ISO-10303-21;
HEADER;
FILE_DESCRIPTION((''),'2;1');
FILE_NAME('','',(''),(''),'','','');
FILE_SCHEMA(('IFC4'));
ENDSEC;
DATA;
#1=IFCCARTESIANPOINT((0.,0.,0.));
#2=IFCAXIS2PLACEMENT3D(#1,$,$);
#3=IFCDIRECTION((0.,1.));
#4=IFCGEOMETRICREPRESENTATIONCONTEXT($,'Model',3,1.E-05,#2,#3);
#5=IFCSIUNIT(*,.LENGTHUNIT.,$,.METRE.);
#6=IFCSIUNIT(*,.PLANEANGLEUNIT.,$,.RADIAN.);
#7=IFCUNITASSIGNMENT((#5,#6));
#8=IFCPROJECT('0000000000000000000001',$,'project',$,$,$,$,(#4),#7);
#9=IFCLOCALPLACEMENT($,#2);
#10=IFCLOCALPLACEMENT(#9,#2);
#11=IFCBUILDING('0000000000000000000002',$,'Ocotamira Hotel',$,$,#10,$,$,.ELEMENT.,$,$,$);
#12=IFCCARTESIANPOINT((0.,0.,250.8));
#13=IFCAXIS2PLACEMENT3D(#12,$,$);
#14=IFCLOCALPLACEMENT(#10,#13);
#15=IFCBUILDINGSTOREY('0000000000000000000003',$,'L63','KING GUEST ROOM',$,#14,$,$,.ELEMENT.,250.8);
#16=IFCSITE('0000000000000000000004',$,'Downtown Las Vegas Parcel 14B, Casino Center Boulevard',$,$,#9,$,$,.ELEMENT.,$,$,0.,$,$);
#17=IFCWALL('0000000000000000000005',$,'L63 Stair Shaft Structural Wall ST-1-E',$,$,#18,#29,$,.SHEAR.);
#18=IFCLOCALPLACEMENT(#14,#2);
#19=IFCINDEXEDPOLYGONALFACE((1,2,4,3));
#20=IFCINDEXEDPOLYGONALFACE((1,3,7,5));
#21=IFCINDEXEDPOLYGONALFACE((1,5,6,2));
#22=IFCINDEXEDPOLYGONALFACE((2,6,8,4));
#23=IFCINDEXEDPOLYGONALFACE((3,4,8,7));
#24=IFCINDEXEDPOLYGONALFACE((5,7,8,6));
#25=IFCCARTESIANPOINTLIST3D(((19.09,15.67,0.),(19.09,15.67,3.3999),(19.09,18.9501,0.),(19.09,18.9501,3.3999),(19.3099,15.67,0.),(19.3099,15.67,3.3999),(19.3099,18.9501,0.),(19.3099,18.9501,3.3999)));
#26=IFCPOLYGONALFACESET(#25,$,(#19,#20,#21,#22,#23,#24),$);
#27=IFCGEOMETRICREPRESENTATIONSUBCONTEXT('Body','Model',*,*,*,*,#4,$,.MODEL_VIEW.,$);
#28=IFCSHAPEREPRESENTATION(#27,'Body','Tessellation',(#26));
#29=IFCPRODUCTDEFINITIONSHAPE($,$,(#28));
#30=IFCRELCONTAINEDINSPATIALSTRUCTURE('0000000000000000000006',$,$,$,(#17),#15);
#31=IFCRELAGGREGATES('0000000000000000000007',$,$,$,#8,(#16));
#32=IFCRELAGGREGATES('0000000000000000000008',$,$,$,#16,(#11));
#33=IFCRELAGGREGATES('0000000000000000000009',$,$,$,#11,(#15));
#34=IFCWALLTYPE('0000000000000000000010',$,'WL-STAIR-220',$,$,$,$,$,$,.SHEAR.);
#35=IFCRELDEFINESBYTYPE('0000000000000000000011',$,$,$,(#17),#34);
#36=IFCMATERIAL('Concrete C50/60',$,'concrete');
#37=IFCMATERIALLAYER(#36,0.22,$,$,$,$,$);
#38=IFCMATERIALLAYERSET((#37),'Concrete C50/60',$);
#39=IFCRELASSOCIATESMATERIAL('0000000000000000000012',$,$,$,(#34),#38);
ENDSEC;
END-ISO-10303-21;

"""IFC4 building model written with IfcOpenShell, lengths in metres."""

from ifc_helpers import new_model, si_unit, direction, frame, frame_2d, origin, place, context, subcontext, project, spatial, rectangle, extrude, material, layer, layer_set, type_object, element, save


model = new_model("IFC4")

# Units and contexts
model_context = context("Model", 3, precision=1e-05, world=origin(), true_north=direction((0.0, 1.0)))
body_context = subcontext(model_context, "Body", "Model", "MODEL_VIEW")
ifc_project = project(units=[si_unit("LENGTHUNIT", "METRE"), si_unit("PLANEANGLEUNIT", "RADIAN")], contexts=[model_context])

# Site, building, storey
site_placement = place(None, origin())
site = spatial("IfcSite", under=ifc_project, at=site_placement, Name="Downtown Las Vegas Parcel 14B, Casino Center Boulevard", CompositionType="ELEMENT", RefElevation=0.0)
building_placement = place(site_placement, origin())
building = spatial("IfcBuilding", under=site, at=building_placement, Name="Ocotamira Hotel", CompositionType="ELEMENT")
storey_placement = place(building_placement, frame((0.0, 0.0, 250.8)))
storey = spatial("IfcBuildingStorey", under=building, at=storey_placement, Name="L63", Description="KING GUEST ROOM", CompositionType="ELEMENT", Elevation=250.8)

# Shared definitions
ifc_material_1 = material(Name="Concrete C50/60", Category="concrete")

# Wall
ifc_layer_1 = layer(ifc_material_1, 0.22)
ifc_layer_set_1 = layer_set([ifc_layer_1], Name="Concrete C50/60")
wall_type_1 = type_object("IfcWallType", Name="WL-STAIR-220", PredefinedType="SHEAR", material=ifc_layer_set_1)
wall_1_placement = place(storey_placement, frame((19.2, 15.6699, 0.0), z_axis=(0.0, 0.0, 1.0), x_axis=(0.0, 1.0, 0.0)))
element("IfcWall", 1, at=wall_1_placement, inside=storey, type_object=wall_type_1, Name="L63 Stair Shaft Structural Wall ST-1-E", PredefinedType="SHEAR", context=body_context, shape_type="SweptSolid", body=[
    extrude(rectangle(XDim=3.28, YDim=0.22, at=frame_2d((1.6401, 0.0))), origin(), (0.0, 0.0, 1.0), 3.3999),
])

save(model, "model.ifc")
